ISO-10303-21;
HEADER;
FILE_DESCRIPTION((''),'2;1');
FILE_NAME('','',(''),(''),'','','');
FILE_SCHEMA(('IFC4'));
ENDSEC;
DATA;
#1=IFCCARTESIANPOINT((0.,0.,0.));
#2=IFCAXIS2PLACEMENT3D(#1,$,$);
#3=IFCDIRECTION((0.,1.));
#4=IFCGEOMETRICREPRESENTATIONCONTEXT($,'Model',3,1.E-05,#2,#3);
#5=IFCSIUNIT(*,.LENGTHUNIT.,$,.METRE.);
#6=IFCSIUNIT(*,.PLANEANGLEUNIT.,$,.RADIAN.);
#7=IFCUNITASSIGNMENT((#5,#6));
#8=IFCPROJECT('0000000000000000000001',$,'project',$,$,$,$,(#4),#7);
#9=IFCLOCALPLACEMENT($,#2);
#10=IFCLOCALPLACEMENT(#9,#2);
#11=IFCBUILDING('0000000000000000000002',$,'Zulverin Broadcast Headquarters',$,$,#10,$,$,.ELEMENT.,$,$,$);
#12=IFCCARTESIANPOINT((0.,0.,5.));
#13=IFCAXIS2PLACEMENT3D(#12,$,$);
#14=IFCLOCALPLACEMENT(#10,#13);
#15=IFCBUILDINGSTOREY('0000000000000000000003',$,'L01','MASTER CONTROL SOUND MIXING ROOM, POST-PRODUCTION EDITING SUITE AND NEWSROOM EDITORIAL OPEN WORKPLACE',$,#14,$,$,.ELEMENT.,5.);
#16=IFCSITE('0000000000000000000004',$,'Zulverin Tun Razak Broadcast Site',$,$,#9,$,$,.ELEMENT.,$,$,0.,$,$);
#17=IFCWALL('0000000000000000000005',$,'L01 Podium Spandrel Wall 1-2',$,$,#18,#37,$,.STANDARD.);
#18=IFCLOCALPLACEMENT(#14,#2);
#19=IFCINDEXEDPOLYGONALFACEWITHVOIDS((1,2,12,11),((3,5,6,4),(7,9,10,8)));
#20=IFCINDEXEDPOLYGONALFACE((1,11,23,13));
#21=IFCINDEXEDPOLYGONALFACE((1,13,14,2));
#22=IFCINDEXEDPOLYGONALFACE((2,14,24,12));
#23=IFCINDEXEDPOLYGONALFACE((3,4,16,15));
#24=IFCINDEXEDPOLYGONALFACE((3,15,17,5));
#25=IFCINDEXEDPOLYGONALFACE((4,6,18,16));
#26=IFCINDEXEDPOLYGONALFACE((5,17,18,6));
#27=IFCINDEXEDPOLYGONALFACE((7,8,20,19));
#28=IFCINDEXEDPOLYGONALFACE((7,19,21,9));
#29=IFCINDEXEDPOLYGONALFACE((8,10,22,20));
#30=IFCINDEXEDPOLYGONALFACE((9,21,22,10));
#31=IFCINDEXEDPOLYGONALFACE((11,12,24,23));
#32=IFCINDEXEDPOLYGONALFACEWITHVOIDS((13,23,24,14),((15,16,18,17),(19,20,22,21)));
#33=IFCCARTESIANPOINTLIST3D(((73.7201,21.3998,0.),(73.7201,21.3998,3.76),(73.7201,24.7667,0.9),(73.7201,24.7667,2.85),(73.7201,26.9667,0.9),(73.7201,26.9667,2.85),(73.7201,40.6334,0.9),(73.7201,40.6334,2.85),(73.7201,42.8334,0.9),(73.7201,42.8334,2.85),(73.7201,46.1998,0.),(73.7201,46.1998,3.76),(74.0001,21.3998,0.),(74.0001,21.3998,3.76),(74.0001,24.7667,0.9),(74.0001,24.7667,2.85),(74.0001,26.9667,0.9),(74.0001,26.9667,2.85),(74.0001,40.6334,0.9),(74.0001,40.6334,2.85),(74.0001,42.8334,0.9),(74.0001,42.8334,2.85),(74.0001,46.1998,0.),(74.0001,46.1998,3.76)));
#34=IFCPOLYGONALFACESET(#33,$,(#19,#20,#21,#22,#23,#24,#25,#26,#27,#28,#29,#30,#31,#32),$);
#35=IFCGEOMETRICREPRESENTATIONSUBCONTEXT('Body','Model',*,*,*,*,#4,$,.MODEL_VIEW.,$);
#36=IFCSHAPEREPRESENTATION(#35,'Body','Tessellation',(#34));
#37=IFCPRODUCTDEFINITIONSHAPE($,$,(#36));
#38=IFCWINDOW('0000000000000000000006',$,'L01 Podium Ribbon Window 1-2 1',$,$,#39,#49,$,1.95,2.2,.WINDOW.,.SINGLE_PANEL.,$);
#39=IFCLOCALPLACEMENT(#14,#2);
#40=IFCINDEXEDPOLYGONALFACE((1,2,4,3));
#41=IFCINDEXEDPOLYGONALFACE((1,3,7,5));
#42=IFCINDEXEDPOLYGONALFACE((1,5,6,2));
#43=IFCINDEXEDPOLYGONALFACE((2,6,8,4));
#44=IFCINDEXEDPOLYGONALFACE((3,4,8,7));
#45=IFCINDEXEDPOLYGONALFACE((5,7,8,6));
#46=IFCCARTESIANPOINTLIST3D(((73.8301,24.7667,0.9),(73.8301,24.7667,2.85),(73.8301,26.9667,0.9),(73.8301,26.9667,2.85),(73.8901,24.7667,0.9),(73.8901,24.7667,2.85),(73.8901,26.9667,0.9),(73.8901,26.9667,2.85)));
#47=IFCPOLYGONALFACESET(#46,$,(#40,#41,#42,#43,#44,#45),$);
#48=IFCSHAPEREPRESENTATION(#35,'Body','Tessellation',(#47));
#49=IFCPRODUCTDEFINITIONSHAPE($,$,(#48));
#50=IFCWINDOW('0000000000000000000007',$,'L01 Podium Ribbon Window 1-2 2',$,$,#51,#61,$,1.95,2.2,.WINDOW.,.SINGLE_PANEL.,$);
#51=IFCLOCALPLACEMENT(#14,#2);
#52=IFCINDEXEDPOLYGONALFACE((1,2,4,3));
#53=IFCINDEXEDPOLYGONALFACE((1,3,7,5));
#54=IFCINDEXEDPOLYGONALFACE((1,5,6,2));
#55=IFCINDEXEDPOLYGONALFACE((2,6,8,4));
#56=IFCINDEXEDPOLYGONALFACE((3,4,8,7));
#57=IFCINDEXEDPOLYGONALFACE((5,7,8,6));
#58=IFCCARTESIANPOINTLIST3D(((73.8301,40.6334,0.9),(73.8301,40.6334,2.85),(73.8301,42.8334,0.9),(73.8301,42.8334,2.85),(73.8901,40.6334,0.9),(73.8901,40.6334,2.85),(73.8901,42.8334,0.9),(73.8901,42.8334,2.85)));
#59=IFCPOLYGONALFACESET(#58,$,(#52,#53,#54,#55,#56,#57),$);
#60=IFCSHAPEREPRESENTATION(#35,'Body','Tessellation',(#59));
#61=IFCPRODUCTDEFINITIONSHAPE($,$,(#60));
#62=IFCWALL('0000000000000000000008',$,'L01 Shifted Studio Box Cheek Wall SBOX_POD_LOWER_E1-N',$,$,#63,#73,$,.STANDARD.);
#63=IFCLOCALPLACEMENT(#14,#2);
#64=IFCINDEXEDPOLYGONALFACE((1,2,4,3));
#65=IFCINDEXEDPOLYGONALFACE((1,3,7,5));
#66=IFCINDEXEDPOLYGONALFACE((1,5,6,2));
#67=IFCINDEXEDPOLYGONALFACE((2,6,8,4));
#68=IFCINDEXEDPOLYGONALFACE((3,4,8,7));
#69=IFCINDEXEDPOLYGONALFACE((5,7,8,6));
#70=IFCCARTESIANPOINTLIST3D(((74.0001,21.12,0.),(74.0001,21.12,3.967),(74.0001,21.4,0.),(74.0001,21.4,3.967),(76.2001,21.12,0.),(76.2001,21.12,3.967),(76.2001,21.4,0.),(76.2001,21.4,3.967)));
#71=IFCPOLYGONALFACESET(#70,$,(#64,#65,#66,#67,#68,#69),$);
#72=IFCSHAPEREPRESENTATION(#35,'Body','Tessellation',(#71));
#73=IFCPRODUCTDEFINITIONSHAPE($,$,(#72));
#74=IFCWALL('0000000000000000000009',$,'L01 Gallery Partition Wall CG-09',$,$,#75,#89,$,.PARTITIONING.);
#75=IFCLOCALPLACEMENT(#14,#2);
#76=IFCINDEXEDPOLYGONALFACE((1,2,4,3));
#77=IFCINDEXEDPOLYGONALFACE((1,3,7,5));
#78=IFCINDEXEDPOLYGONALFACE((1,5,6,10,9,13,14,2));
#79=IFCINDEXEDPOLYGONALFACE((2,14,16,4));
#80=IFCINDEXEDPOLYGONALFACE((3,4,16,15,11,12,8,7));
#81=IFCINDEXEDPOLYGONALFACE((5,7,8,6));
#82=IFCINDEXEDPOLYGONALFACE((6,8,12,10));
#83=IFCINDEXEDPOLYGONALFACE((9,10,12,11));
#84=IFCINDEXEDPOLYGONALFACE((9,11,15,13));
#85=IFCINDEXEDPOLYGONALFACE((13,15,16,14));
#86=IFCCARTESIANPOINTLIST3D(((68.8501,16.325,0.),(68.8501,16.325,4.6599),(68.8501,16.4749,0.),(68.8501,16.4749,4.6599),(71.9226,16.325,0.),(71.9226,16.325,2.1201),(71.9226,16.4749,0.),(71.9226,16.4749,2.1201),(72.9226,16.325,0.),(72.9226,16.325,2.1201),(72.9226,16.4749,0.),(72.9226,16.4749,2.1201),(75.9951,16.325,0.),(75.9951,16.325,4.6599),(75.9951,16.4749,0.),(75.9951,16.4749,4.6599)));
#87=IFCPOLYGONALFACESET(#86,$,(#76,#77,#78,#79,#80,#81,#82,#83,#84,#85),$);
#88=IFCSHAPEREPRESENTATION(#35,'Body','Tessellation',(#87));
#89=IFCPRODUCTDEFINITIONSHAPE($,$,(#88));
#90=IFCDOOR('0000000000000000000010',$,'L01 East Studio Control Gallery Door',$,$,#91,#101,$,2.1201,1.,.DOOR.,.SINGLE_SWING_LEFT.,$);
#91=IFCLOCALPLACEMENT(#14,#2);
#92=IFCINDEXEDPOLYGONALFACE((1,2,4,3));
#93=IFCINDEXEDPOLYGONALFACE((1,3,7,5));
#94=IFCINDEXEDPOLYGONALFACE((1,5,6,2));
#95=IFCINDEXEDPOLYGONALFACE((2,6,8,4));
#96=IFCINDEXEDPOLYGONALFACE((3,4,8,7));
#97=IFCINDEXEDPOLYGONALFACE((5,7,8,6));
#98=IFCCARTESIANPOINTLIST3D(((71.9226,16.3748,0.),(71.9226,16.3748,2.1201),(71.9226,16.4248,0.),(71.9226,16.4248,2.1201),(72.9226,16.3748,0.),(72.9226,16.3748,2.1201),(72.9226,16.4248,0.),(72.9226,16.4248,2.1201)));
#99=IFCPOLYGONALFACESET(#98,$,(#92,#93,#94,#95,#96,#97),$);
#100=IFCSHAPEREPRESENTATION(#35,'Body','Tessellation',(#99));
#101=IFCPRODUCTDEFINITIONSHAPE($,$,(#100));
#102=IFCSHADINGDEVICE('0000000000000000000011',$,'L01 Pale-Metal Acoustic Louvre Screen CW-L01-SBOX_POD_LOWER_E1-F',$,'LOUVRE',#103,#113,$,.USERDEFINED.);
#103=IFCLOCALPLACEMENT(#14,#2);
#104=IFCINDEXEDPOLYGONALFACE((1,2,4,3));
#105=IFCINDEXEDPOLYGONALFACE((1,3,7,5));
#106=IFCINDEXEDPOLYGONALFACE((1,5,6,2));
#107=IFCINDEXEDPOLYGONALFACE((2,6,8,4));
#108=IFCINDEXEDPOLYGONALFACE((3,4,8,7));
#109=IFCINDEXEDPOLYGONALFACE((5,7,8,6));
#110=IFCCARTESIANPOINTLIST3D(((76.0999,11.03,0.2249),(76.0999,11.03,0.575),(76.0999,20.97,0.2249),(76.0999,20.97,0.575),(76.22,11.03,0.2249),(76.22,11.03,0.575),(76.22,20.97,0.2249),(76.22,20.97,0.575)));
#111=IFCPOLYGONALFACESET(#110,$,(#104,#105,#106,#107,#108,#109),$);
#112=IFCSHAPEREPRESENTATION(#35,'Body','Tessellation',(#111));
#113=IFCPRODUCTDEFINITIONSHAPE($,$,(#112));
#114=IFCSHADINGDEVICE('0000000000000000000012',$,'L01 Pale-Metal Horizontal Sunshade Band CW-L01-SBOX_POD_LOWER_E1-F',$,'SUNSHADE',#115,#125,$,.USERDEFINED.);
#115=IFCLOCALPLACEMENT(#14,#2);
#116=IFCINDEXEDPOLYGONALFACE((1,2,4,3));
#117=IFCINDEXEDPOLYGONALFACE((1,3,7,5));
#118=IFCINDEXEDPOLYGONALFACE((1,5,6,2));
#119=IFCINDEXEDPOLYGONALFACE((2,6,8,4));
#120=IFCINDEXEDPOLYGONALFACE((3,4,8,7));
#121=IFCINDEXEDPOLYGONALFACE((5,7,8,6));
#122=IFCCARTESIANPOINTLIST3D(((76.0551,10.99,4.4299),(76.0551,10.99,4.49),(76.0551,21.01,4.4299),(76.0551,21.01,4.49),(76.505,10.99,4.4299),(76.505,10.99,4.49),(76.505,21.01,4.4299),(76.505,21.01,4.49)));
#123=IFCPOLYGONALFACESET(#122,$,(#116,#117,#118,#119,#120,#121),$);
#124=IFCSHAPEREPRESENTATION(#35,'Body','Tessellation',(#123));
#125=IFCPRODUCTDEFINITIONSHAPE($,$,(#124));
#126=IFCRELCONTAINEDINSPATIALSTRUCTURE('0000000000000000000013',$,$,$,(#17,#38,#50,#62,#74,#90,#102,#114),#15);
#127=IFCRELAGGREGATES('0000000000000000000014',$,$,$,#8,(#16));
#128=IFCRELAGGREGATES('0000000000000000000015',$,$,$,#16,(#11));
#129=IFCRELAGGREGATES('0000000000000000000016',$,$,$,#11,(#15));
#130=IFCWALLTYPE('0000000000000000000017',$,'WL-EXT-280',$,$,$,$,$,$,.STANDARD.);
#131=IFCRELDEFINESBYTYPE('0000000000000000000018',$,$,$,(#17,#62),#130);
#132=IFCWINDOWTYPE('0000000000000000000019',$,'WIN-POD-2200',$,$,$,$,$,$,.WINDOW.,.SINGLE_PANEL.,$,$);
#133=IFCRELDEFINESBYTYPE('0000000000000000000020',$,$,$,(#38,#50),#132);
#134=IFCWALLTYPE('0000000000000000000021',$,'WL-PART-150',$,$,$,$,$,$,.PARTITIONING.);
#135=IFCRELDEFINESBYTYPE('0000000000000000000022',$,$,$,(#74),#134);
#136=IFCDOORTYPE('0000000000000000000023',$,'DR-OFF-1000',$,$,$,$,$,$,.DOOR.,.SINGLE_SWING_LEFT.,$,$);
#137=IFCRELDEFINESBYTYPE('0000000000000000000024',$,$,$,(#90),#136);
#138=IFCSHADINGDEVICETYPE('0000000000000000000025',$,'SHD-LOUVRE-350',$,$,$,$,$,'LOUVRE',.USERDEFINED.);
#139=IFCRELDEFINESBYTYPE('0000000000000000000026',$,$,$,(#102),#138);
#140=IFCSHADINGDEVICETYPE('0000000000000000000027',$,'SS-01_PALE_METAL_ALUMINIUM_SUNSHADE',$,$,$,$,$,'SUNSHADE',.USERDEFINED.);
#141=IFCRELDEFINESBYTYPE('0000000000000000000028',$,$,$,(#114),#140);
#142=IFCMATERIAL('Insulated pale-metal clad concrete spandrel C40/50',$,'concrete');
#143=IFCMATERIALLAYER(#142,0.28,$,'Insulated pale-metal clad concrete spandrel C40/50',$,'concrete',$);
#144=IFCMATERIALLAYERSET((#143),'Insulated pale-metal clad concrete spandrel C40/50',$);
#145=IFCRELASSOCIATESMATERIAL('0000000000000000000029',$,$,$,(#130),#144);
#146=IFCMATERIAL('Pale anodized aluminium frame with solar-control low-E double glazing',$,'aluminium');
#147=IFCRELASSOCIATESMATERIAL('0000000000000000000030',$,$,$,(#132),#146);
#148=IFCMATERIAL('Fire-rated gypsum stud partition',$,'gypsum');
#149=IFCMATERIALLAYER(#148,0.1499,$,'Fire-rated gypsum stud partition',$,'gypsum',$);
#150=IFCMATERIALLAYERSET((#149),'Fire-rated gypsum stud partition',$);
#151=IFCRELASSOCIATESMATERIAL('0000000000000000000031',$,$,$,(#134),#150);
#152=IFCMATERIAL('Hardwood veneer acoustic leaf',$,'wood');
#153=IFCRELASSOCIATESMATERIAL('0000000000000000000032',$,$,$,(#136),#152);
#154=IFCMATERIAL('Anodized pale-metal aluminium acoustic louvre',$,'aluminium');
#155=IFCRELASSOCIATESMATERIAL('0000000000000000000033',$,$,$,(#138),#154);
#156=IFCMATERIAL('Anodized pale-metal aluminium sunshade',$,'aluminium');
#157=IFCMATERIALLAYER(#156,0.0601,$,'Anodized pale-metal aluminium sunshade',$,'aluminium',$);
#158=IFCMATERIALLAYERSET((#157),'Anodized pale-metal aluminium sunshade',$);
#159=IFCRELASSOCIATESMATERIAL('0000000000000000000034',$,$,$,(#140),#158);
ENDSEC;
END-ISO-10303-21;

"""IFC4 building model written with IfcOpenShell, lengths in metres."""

from ifc_helpers import new_model, si_unit, direction, frame, frame_2d, origin, origin_2d, place, context, subcontext, project, spatial, rectangle, extrude, material, layer, layer_set, type_object, element, fill, save


model = new_model("IFC4")

# Units and contexts
model_context = context("Model", 3, precision=1e-05, world=origin(), true_north=direction((0.0, 1.0)))
body_context = subcontext(model_context, "Body", "Model", "MODEL_VIEW")
ifc_project = project(units=[si_unit("LENGTHUNIT", "METRE"), si_unit("PLANEANGLEUNIT", "RADIAN")], contexts=[model_context])

# Site, building, storey
site_placement = place(None, origin())
site = spatial("IfcSite", under=ifc_project, at=site_placement, Name="Zulverin Tun Razak Broadcast Site", CompositionType="ELEMENT", RefElevation=0.0)
building_placement = place(site_placement, origin())
building = spatial("IfcBuilding", under=site, at=building_placement, Name="Zulverin Broadcast Headquarters", CompositionType="ELEMENT")
storey_placement = place(building_placement, frame((0.0, 0.0, 5.0)))
storey = spatial("IfcBuildingStorey", under=building, at=storey_placement, Name="L01", Description="MASTER CONTROL SOUND MIXING ROOM, POST-PRODUCTION EDITING SUITE AND NEWSROOM EDITORIAL OPEN WORKPLACE", CompositionType="ELEMENT", Elevation=5.0)

# Wall, openings, windows
ifc_material_1 = material(Name="Insulated pale-metal clad concrete spandrel C40/50", Category="concrete")
ifc_layer_1 = layer(ifc_material_1, 0.28, Name="Insulated pale-metal clad concrete spandrel C40/50", Category="concrete")
ifc_layer_set_1 = layer_set([ifc_layer_1], Name="Insulated pale-metal clad concrete spandrel C40/50")
wall_type_1 = type_object("IfcWallType", Name="WL-EXT-280", PredefinedType="STANDARD", material=ifc_layer_set_1)
wall_1_placement = place(storey_placement, frame((73.8601, 21.3999, 0.0), z_axis=(0.0, 0.0, 1.0), x_axis=(0.0, 1.0, 0.0)))
wall_1 = element("IfcWall", 1, at=wall_1_placement, inside=storey, type_object=wall_type_1, Name="L01 Podium Spandrel Wall 1-2", PredefinedType="STANDARD", context=body_context, shape_type="SweptSolid", body=[
    extrude(rectangle(XDim=24.8, YDim=0.28, at=frame_2d((12.3999, 0.0))), origin(), (0.0, 0.0, 1.0), 3.76),
])
opening_1_placement = place(wall_1_placement, frame((3.3667, 0.0, 0.8999)))
opening_1 = element("IfcOpeningElement", 2, at=opening_1_placement, cuts=wall_1, PredefinedType="OPENING", context=body_context, shape_type="SweptSolid", body=[
    extrude(rectangle(XDim=2.2, YDim=1.95, at=frame_2d((1.1001, 0.9751))), frame((0.0, 0.1499, 0.0), z_axis=(0.0, -1.0, 0.0), x_axis=(1.0, 0.0, 0.0)), (0.0, 0.0, 1.0), 0.3),
])
opening_2_placement = place(wall_1_placement, frame((19.2334, 0.0, 0.8999)))
opening_2 = element("IfcOpeningElement", 3, at=opening_2_placement, cuts=wall_1, PredefinedType="OPENING", context=body_context, shape_type="SweptSolid", body=[
    extrude(rectangle(XDim=2.2, YDim=1.95, at=frame_2d((1.1001, 0.9751))), frame((0.0, 0.1499, 0.0), z_axis=(0.0, -1.0, 0.0), x_axis=(1.0, 0.0, 0.0)), (0.0, 0.0, 1.0), 0.3),
])
ifc_material_2 = material(Name="Pale anodized aluminium frame with solar-control low-E double glazing", Category="aluminium")
window_type = type_object("IfcWindowType", Name="WIN-POD-2200", PartitioningType="SINGLE_PANEL", PredefinedType="WINDOW", material=ifc_material_2)
window_1_placement = place(opening_1_placement, origin())
window_1 = element("IfcWindow", 4, at=window_1_placement, inside=storey, type_object=window_type, Name="L01 Podium Ribbon Window 1-2 1", OverallHeight=1.95, OverallWidth=2.2, PartitioningType="SINGLE_PANEL", PredefinedType="WINDOW", context=body_context, shape_type="SweptSolid", body=[
    extrude(rectangle(XDim=2.2, YDim=1.95, at=frame_2d((1.1001, 0.9751))), frame((0.0, 0.03, 0.0), z_axis=(0.0, -1.0, 0.0), x_axis=(1.0, 0.0, 0.0)), (0.0, 0.0, 1.0), 0.0601),
])
fill(opening_1, window_1)
window_2_placement = place(opening_2_placement, origin())
window_2 = element("IfcWindow", 5, at=window_2_placement, inside=storey, type_object=window_type, Name="L01 Podium Ribbon Window 1-2 2", OverallHeight=1.95, OverallWidth=2.2, PartitioningType="SINGLE_PANEL", PredefinedType="WINDOW", context=body_context, shape_type="SweptSolid", body=[
    extrude(rectangle(XDim=2.2, YDim=1.95, at=frame_2d((1.1001, 0.9751))), frame((0.0, 0.03, 0.0), z_axis=(0.0, -1.0, 0.0), x_axis=(1.0, 0.0, 0.0)), (0.0, 0.0, 1.0), 0.0601),
])
fill(opening_2, window_2)

# Wall
wall_2_placement = place(storey_placement, frame((74.0, 21.26, 0.0), z_axis=(0.0, 0.0, 1.0), x_axis=(1.0, 0.0, 0.0)))
element("IfcWall", 6, at=wall_2_placement, inside=storey, type_object=wall_type_1, Name="L01 Shifted Studio Box Cheek Wall SBOX_POD_LOWER_E1-N", PredefinedType="STANDARD", context=body_context, shape_type="SweptSolid", body=[
    extrude(rectangle(XDim=2.2, YDim=0.28, at=frame_2d((1.1001, 0.0))), origin(), (0.0, 0.0, 1.0), 3.967),
])

# Wall, opening, door
ifc_material_3 = material(Name="Fire-rated gypsum stud partition", Category="gypsum")
ifc_layer_2 = layer(ifc_material_3, 0.1499, Name="Fire-rated gypsum stud partition", Category="gypsum")
ifc_layer_set_2 = layer_set([ifc_layer_2], Name="Fire-rated gypsum stud partition")
wall_type_2 = type_object("IfcWallType", Name="WL-PART-150", PredefinedType="PARTITIONING", material=ifc_layer_set_2)
wall_3_placement = place(storey_placement, frame((68.8501, 16.3999, 0.0), z_axis=(0.0, 0.0, 1.0), x_axis=(1.0, 0.0, 0.0)))
wall_3 = element("IfcWall", 7, at=wall_3_placement, inside=storey, type_object=wall_type_2, Name="L01 Gallery Partition Wall CG-09", PredefinedType="PARTITIONING", context=body_context, shape_type="SweptSolid", body=[
    extrude(rectangle(XDim=7.145, YDim=0.1499, at=frame_2d((3.5725, 0.0))), origin(), (0.0, 0.0, 1.0), 4.6599),
])
opening_3_placement = place(wall_3_placement, frame((3.0725, 0.0, 0.0)))
opening_3 = element("IfcOpeningElement", 8, at=opening_3_placement, cuts=wall_3, PredefinedType="OPENING", context=body_context, shape_type="SweptSolid", body=[
    extrude(rectangle(XDim=1.0, YDim=2.1201, at=frame_2d((0.5, 1.0601))), frame((0.0, 0.085, 0.0), z_axis=(0.0, -1.0, 0.0), x_axis=(1.0, 0.0, 0.0)), (0.0, 0.0, 1.0), 0.1699),
])
ifc_material_4 = material(Name="Hardwood veneer acoustic leaf", Category="wood")
door_type = type_object("IfcDoorType", Name="DR-OFF-1000", OperationType="SINGLE_SWING_LEFT", PredefinedType="DOOR", material=ifc_material_4)
door_placement = place(opening_3_placement, origin())
door = element("IfcDoor", 9, at=door_placement, inside=storey, type_object=door_type, Name="L01 East Studio Control Gallery Door", OperationType="SINGLE_SWING_LEFT", OverallHeight=2.1201, OverallWidth=1.0, PredefinedType="DOOR", context=body_context, shape_type="SweptSolid", body=[
    extrude(rectangle(XDim=1.0, YDim=2.1201, at=frame_2d((0.5, 1.0601))), frame((0.0, 0.0249, 0.0), z_axis=(0.0, -1.0, 0.0), x_axis=(1.0, 0.0, 0.0)), (0.0, 0.0, 1.0), 0.05),
])
fill(opening_3, door)

# Shading devices
ifc_material_5 = material(Name="Anodized pale-metal aluminium acoustic louvre", Category="aluminium")
shading_device_type_1 = type_object("IfcShadingDeviceType", Name="SHD-LOUVRE-350", ElementType="LOUVRE", PredefinedType="USERDEFINED", material=ifc_material_5)
shading_device_1_placement = place(storey_placement, frame((76.1599, 16.0, 0.2249), z_axis=(0.0, 0.0, 1.0), x_axis=(0.0, 1.0, 0.0)))
element("IfcShadingDevice", 10, at=shading_device_1_placement, inside=storey, type_object=shading_device_type_1, Name="L01 Pale-Metal Acoustic Louvre Screen CW-L01-SBOX_POD_LOWER_E1-F", ObjectType="LOUVRE", PredefinedType="USERDEFINED", context=body_context, shape_type="SweptSolid", body=[
    extrude(rectangle(XDim=9.9399, YDim=0.1201, at=origin_2d()), origin(), (0.0, 0.0, 1.0), 0.3501),
])
ifc_material_6 = material(Name="Anodized pale-metal aluminium sunshade", Category="aluminium")
ifc_layer_3 = layer(ifc_material_6, 0.0601, Name="Anodized pale-metal aluminium sunshade", Category="aluminium")
ifc_layer_set_3 = layer_set([ifc_layer_3], Name="Anodized pale-metal aluminium sunshade")
shading_device_type_2 = type_object("IfcShadingDeviceType", Name="SS-01_PALE_METAL_ALUMINIUM_SUNSHADE", ElementType="SUNSHADE", PredefinedType="USERDEFINED", material=ifc_layer_set_3)
shading_device_2_placement = place(storey_placement, frame((76.28, 16.0, 4.4299), z_axis=(0.0, 0.0, 1.0), x_axis=(0.0, 1.0, 0.0)))
element("IfcShadingDevice", 11, at=shading_device_2_placement, inside=storey, type_object=shading_device_type_2, Name="L01 Pale-Metal Horizontal Sunshade Band CW-L01-SBOX_POD_LOWER_E1-F", ObjectType="SUNSHADE", PredefinedType="USERDEFINED", context=body_context, shape_type="SweptSolid", body=[
    extrude(rectangle(XDim=10.02, YDim=0.45, at=origin_2d()), origin(), (0.0, 0.0, 1.0), 0.0601),
])

save(model, "model.ifc")
